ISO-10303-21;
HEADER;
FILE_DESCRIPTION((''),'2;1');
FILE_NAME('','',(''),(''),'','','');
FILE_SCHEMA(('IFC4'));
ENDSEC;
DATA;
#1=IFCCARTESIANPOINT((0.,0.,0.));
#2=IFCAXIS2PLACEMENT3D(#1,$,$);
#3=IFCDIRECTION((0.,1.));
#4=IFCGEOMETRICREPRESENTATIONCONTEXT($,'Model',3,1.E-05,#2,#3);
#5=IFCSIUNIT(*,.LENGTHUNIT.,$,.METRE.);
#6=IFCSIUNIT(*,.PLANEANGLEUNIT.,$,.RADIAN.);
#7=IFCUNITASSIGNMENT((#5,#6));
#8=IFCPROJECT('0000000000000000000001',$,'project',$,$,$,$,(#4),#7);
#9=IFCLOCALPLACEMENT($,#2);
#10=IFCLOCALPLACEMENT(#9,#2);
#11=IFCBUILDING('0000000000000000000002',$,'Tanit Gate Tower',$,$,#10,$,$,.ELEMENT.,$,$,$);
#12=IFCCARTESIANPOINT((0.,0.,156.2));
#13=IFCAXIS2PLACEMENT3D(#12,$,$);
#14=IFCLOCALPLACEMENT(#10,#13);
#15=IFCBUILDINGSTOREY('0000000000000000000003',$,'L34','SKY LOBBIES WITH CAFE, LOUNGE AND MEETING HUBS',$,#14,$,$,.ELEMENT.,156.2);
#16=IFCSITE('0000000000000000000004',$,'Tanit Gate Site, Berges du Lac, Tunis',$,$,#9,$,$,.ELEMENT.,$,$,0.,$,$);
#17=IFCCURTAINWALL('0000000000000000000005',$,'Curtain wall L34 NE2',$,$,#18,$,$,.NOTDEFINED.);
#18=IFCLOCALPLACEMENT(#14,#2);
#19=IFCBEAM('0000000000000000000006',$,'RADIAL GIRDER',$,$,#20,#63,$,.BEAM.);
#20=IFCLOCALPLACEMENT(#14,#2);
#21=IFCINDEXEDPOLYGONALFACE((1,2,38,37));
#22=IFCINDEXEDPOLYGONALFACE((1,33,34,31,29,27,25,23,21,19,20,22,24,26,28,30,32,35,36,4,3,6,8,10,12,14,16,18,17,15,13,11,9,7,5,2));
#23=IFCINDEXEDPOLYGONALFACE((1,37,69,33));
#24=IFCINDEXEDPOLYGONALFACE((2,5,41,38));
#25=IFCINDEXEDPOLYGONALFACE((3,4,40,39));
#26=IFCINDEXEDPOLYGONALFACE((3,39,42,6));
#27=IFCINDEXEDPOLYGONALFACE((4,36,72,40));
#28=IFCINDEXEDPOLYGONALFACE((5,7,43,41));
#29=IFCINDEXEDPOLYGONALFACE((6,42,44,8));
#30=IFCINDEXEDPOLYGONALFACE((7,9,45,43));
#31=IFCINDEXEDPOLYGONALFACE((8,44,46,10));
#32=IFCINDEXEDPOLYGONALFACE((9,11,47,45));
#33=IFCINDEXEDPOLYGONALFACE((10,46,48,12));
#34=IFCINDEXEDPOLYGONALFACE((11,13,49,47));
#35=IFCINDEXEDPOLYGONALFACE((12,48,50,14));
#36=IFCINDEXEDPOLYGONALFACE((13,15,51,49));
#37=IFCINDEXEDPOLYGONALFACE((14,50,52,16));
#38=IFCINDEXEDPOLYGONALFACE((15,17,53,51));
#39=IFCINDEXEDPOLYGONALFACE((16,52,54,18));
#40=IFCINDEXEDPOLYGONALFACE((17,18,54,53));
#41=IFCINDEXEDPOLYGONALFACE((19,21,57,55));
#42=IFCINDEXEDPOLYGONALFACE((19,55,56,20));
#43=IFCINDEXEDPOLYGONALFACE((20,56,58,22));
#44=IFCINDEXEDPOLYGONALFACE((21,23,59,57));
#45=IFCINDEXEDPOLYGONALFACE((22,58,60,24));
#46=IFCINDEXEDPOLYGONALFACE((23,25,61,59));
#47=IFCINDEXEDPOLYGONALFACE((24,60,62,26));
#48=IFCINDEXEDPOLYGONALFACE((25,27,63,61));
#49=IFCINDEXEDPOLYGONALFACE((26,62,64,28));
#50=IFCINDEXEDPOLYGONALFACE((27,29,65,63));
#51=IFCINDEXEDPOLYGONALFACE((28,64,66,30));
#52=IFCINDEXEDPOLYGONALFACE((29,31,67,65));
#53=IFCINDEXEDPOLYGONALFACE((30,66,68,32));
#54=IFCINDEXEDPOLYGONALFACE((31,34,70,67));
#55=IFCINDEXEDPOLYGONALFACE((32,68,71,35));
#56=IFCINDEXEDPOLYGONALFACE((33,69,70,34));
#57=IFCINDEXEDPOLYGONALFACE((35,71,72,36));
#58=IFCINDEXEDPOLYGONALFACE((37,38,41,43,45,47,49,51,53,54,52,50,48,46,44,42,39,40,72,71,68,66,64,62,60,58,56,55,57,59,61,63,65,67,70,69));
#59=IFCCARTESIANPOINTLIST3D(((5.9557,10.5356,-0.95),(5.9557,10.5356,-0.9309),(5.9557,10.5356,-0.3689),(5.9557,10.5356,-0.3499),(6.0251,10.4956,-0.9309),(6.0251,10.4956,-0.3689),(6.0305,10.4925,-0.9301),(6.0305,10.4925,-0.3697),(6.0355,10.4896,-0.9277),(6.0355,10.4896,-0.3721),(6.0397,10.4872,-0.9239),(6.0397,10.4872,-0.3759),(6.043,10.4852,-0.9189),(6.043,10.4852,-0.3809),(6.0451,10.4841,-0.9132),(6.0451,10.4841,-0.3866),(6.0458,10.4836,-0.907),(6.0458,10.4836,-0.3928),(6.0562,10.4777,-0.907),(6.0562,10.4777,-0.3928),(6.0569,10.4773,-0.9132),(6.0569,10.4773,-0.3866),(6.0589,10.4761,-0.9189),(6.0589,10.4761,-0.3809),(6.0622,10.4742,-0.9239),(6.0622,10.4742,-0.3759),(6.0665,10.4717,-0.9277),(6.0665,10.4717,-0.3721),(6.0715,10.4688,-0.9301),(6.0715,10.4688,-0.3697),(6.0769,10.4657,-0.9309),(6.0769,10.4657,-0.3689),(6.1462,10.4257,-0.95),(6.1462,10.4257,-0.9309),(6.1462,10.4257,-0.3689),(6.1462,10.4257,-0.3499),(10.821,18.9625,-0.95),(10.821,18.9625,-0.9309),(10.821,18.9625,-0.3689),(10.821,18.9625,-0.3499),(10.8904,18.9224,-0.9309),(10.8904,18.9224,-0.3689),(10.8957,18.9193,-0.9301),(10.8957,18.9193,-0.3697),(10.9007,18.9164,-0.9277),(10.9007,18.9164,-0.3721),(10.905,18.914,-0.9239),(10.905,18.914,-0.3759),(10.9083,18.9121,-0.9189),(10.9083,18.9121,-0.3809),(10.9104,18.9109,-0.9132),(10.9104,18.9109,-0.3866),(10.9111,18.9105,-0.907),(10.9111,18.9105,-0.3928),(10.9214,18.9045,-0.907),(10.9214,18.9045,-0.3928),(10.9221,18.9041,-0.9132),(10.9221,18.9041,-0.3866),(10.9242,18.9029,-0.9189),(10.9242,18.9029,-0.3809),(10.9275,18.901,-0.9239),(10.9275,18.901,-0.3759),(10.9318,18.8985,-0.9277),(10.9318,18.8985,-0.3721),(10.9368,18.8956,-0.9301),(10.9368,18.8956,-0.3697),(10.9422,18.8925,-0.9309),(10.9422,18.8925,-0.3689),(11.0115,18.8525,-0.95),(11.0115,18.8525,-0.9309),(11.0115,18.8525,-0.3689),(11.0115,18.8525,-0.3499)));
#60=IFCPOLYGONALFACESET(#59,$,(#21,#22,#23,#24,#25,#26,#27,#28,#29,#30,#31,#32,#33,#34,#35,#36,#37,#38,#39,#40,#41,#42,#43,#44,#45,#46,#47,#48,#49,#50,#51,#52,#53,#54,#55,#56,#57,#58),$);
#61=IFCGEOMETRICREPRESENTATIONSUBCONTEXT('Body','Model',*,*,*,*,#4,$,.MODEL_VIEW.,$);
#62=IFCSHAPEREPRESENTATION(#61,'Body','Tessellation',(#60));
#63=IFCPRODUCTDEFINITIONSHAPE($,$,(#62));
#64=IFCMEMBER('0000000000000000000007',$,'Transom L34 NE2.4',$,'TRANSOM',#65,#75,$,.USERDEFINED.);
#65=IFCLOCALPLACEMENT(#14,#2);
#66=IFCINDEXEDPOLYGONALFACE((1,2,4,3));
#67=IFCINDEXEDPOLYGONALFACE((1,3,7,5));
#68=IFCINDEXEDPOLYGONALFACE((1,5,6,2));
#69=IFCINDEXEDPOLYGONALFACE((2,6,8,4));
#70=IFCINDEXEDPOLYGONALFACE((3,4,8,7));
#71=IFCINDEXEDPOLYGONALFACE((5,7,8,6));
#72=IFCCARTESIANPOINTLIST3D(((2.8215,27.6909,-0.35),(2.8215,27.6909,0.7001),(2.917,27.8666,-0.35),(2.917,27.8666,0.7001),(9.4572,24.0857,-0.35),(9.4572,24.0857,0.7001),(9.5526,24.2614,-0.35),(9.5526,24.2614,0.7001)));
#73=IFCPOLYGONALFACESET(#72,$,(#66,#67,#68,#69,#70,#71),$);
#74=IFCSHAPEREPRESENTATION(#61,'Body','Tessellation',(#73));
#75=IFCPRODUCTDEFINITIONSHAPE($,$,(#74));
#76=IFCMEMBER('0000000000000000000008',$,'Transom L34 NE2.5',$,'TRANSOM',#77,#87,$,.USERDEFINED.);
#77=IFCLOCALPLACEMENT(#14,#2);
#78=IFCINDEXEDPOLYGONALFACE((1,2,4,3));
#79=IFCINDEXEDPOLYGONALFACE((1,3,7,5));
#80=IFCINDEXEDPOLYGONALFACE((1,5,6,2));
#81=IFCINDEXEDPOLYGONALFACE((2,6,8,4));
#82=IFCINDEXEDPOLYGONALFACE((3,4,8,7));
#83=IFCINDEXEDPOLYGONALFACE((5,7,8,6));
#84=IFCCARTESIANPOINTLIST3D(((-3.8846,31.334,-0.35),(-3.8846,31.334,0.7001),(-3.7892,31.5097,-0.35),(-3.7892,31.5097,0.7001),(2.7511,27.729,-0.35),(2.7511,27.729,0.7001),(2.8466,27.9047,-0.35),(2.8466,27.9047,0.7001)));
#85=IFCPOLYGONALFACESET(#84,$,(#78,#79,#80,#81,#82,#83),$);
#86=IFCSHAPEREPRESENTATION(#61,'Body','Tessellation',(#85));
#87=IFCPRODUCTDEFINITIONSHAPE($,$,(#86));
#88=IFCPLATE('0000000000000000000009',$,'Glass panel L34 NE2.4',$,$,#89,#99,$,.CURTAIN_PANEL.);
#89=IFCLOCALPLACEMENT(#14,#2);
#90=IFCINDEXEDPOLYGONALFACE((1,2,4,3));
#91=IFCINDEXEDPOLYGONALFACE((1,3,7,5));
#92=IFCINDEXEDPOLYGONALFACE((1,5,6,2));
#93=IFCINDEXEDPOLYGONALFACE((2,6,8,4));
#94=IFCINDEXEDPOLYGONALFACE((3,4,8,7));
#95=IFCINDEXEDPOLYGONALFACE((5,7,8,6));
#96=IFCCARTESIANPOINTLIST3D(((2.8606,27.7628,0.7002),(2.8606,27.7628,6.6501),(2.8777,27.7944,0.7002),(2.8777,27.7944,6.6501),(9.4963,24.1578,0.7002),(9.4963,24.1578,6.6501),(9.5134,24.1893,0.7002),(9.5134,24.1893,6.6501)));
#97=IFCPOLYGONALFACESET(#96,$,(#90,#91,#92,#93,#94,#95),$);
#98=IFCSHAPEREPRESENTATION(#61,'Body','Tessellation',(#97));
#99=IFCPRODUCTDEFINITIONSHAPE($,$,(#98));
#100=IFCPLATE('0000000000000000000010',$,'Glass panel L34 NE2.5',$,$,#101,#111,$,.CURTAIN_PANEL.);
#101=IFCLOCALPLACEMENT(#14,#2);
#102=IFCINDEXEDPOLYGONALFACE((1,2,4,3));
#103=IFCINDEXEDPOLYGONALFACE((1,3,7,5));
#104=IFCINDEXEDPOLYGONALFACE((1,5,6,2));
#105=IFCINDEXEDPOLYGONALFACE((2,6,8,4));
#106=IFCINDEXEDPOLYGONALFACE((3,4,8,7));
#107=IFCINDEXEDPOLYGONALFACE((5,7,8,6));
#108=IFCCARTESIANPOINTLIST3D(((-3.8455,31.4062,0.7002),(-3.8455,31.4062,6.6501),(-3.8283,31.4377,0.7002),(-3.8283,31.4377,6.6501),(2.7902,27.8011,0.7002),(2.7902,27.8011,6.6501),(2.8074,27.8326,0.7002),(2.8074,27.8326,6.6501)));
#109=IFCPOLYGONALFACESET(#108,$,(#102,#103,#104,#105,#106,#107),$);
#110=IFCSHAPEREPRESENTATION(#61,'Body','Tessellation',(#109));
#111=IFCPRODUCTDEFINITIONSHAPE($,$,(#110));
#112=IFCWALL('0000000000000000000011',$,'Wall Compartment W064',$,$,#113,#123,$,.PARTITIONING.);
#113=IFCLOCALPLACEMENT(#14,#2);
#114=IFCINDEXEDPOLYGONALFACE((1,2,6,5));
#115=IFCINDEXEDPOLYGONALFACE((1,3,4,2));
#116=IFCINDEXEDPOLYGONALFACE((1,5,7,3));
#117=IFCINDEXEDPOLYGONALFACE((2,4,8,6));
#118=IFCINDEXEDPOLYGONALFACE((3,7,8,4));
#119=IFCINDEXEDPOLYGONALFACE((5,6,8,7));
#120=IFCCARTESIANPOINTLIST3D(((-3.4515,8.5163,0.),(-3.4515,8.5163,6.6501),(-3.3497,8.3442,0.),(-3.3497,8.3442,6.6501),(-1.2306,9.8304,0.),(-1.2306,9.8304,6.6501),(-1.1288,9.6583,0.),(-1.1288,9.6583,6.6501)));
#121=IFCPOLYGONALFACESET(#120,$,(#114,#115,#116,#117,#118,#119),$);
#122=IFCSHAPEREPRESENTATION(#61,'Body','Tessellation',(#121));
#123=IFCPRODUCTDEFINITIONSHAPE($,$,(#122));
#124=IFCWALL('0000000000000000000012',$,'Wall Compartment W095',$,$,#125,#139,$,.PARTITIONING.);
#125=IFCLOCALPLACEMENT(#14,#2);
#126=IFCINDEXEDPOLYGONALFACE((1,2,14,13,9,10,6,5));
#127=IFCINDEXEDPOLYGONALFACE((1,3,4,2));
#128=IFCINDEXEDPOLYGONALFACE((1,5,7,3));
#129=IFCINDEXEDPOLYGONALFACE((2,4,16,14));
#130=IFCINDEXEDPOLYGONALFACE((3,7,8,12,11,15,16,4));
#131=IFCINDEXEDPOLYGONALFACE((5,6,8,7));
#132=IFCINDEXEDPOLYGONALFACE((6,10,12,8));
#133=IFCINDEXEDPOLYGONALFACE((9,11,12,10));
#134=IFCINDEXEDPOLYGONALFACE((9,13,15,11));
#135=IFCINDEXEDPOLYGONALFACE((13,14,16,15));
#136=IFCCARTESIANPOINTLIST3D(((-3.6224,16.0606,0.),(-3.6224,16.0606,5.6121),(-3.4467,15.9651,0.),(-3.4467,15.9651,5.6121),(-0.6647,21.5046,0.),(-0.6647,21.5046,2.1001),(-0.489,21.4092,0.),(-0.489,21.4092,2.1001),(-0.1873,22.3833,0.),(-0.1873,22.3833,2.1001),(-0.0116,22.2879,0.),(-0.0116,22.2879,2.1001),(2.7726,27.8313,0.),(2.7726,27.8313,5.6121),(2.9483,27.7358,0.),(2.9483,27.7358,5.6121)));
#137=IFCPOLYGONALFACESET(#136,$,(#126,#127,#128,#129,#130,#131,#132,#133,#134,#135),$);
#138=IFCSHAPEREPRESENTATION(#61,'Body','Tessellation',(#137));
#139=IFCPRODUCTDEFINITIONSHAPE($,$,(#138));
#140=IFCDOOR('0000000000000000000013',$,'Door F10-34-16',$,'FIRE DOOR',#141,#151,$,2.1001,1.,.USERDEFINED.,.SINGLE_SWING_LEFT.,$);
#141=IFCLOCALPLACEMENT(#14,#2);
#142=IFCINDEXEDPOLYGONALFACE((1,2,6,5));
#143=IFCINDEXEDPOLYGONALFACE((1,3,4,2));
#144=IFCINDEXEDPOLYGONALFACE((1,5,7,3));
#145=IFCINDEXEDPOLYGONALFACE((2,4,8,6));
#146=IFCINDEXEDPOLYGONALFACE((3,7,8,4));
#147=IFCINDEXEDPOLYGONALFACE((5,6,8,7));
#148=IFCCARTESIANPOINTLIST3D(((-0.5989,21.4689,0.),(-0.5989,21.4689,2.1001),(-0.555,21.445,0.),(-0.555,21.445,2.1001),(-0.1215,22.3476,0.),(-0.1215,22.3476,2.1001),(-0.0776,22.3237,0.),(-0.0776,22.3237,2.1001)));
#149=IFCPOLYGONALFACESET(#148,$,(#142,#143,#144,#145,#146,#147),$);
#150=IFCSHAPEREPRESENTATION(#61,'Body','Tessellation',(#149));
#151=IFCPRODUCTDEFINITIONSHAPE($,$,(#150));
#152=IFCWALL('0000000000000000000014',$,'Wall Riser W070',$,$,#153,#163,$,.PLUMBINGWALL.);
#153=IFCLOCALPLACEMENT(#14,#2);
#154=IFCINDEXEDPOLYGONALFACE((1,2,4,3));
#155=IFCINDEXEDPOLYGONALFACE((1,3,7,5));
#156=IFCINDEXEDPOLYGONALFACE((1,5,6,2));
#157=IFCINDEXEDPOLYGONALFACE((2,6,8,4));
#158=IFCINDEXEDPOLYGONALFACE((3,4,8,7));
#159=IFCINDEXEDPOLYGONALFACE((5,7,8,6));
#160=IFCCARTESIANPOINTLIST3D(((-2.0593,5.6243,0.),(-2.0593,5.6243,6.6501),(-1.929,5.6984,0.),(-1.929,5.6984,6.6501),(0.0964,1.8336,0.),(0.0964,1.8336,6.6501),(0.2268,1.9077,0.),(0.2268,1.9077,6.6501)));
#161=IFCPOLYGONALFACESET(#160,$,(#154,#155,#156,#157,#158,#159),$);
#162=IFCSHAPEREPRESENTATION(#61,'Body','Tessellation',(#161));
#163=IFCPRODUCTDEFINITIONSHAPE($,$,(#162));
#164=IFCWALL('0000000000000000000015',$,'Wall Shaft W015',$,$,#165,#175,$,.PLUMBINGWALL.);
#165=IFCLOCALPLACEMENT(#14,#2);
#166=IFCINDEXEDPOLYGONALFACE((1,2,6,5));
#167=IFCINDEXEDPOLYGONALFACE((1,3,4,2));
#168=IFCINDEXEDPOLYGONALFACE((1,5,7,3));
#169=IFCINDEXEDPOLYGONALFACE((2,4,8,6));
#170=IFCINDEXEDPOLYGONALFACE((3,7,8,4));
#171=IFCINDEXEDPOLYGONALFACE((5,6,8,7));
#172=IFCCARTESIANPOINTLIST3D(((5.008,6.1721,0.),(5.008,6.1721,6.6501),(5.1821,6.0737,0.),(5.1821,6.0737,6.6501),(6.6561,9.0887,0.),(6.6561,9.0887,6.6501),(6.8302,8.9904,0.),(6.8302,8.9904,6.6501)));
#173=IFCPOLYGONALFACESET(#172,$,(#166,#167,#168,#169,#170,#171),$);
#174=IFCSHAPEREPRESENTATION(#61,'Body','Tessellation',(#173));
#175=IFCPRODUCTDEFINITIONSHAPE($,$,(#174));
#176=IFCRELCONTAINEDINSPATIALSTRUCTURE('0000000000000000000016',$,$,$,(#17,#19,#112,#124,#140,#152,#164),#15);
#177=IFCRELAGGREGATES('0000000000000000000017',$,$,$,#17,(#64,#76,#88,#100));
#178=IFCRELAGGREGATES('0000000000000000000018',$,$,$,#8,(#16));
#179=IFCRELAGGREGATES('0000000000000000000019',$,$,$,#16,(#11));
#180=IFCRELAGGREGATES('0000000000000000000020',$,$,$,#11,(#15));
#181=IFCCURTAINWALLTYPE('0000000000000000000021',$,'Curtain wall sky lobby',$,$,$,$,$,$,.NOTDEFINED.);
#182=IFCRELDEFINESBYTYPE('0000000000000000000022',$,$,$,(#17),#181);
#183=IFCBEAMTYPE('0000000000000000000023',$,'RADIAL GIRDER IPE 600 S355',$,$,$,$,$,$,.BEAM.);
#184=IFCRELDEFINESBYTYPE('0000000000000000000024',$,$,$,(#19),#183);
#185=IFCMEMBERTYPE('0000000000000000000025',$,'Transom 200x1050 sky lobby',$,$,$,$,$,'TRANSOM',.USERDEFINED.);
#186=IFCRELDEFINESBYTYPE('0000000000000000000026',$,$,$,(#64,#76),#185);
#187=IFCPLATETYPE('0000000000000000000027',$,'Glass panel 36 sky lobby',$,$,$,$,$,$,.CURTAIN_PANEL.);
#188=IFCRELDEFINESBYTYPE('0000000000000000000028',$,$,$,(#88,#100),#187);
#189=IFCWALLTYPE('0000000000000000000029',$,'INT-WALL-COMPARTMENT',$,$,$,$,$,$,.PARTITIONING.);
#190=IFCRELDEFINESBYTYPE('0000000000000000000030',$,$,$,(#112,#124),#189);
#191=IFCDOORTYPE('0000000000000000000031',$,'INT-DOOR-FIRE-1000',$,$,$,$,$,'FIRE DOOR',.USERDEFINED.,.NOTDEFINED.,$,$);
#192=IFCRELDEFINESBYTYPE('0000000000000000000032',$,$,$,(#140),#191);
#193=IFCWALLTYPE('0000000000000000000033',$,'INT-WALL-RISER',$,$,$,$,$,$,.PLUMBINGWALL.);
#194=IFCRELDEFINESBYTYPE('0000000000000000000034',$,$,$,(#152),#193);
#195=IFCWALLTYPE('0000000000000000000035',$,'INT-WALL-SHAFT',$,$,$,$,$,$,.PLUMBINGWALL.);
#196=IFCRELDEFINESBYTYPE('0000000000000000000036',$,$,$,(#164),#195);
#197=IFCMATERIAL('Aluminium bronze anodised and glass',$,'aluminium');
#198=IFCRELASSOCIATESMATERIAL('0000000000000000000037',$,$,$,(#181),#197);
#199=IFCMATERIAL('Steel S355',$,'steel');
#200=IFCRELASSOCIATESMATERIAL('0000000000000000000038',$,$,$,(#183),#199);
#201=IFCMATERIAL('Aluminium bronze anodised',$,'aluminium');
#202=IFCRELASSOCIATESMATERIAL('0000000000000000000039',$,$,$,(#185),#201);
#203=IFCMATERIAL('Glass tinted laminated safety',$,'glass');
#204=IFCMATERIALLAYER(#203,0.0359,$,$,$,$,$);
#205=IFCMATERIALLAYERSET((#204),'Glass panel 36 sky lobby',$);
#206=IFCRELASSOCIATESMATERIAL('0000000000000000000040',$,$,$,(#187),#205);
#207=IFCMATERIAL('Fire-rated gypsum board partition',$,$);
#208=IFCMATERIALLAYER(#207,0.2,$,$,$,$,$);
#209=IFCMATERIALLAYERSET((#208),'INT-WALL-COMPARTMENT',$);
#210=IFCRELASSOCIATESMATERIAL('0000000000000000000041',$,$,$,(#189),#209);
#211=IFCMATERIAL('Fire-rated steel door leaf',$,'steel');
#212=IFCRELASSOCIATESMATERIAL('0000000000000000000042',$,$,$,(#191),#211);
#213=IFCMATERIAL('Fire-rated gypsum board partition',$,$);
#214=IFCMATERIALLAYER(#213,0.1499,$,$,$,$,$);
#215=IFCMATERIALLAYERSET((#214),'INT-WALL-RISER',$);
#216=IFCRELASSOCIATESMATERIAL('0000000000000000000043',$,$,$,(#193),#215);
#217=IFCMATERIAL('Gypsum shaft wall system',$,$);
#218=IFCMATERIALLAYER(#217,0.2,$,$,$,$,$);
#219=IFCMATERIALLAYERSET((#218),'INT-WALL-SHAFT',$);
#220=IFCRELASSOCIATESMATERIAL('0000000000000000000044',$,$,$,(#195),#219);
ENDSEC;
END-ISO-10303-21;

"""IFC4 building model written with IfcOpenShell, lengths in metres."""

from ifc_helpers import new_model, si_unit, direction, frame, frame_2d, origin, origin_2d, place, context, subcontext, project, spatial, rectangle, i_section, extrude, material, layer, layer_set, material_profile, profile_set, type_object, element, fill, aggregate, save


model = new_model("IFC4")

# Units and contexts
model_context = context("Model", 3, precision=1e-05, world=origin(), true_north=direction((0.0, 1.0)))
body_context = subcontext(model_context, "Body", "Model", "MODEL_VIEW")
ifc_project = project(units=[si_unit("LENGTHUNIT", "METRE"), si_unit("PLANEANGLEUNIT", "RADIAN")], contexts=[model_context])

# Site, building, storey
site_placement = place(None, origin())
site = spatial("IfcSite", under=ifc_project, at=site_placement, Name="Tanit Gate Site, Berges du Lac, Tunis", CompositionType="ELEMENT", RefElevation=0.0)
building_placement = place(site_placement, origin())
building = spatial("IfcBuilding", under=site, at=building_placement, Name="Tanit Gate Tower", CompositionType="ELEMENT")
storey_placement = place(building_placement, frame((0.0, 0.0, 156.2)))
storey = spatial("IfcBuildingStorey", under=building, at=storey_placement, Name="L34", Description="SKY LOBBIES WITH CAFE, LOUNGE AND MEETING HUBS", CompositionType="ELEMENT", Elevation=156.2)

# Curtain wall
ifc_material_1 = material(Name="Aluminium bronze anodised and glass", Category="aluminium")
curtain_wall_type = type_object("IfcCurtainWallType", Name="Curtain wall sky lobby", PredefinedType="NOTDEFINED", material=ifc_material_1)
curtain_wall_placement = place(storey_placement, origin())
curtain_wall = element("IfcCurtainWall", 1, at=curtain_wall_placement, inside=storey, type_object=curtain_wall_type, Name="Curtain wall L34 NE2", PredefinedType="NOTDEFINED")

# Beam
ifc_material_2 = material(Name="Steel S355", Category="steel")
ifc_material_profile_1 = material_profile(ifc_material_2, i_section(OverallWidth=0.22, OverallDepth=0.6001, WebThickness=0.012, FlangeThickness=0.019, FilletRadius=0.0239, at=origin_2d()), Name="IPE 600")
ifc_profile_set_1 = profile_set([ifc_material_profile_1], Name="Steel S355")
beam_type_1 = type_object("IfcBeamType", Name="RADIAL GIRDER IPE 600 S355", PredefinedType="BEAM", material=ifc_profile_set_1)
beam_1_placement = place(storey_placement, frame((10.9163, 18.9075, -0.6499), z_axis=(-0.500003, -0.866023, 0.0), x_axis=(0.866023, -0.500003, 0.0)))
element("IfcBeam", 2, at=beam_1_placement, inside=storey, type_object=beam_type_1, Name="RADIAL GIRDER", PredefinedType="BEAM", context=body_context, shape_type="SweptSolid", body=[
    extrude(i_section(OverallWidth=0.22, OverallDepth=0.6001, WebThickness=0.012, FlangeThickness=0.019, FilletRadius=0.0239, at=origin_2d()), origin(), (0.0, 0.0, 1.0), 9.7305),
])

# Members
ifc_material_3 = material(Name="Aluminium bronze anodised", Category="aluminium")
ifc_material_profile_2 = material_profile(ifc_material_3, rectangle(XDim=0.2, YDim=1.05, at=origin_2d()), Name="200x1050 bronze transom")
ifc_profile_set_2 = profile_set([ifc_material_profile_2], Name="Aluminium bronze anodised")
member_type_1 = type_object("IfcMemberType", Name="Transom 200x1050 sky lobby", ElementType="TRANSOM", PredefinedType="USERDEFINED", material=ifc_profile_set_2)
member_1_placement = place(storey_placement, frame((9.5049, 24.1736, 0.175), z_axis=(-0.878689, 0.477395, 0.0), x_axis=(-0.477395, -0.878689, 0.0)))
member_1 = element("IfcMember", 3, at=member_1_placement, type_object=member_type_1, Name="Transom L34 NE2.4", ObjectType="TRANSOM", PredefinedType="USERDEFINED", context=body_context, shape_type="SweptSolid", body=[
    extrude(rectangle(XDim=0.2, YDim=1.05, at=origin_2d()), origin(), (0.0, 0.0, 1.0), 7.5518),
])
member_2_placement = place(storey_placement, frame((2.7988, 27.8169, 0.175), z_axis=(-0.878702, 0.47737, 0.0), x_axis=(-0.47737, -0.878702, 0.0)))
member_2 = element("IfcMember", 4, at=member_2_placement, type_object=member_type_1, Name="Transom L34 NE2.5", ObjectType="TRANSOM", PredefinedType="USERDEFINED", context=body_context, shape_type="SweptSolid", body=[
    extrude(rectangle(XDim=0.2, YDim=1.05, at=origin_2d()), origin(), (0.0, 0.0, 1.0), 7.5518),
])

# Plates
ifc_material_4 = material(Name="Glass tinted laminated safety", Category="glass")
ifc_layer_1 = layer(ifc_material_4, 0.0359)
ifc_layer_set_1 = layer_set([ifc_layer_1], Name="Glass panel 36 sky lobby")
plate_type = type_object("IfcPlateType", Name="Glass panel 36 sky lobby", PredefinedType="CURTAIN_PANEL", material=ifc_layer_set_1)
plate_1_placement = place(storey_placement, frame((6.187, 25.9761, 0.7002), z_axis=(0.0, 0.0, 1.0), x_axis=(-0.878696, 0.477381, 0.0)))
plate_1 = element("IfcPlate", 5, at=plate_1_placement, type_object=plate_type, Name="Glass panel L34 NE2.4", PredefinedType="CURTAIN_PANEL", context=body_context, shape_type="SweptSolid", body=[
    extrude(rectangle(XDim=7.5518, YDim=0.0359, at=origin_2d()), origin(), (0.0, 0.0, 1.0), 5.95),
])
plate_2_placement = place(storey_placement, frame((-0.519, 29.6194, 0.7002), z_axis=(0.0, 0.0, 1.0), x_axis=(-0.878696, 0.477381, 0.0)))
plate_2 = element("IfcPlate", 6, at=plate_2_placement, type_object=plate_type, Name="Glass panel L34 NE2.5", PredefinedType="CURTAIN_PANEL", context=body_context, shape_type="SweptSolid", body=[
    extrude(rectangle(XDim=7.5518, YDim=0.0359, at=origin_2d()), origin(), (0.0, 0.0, 1.0), 5.95),
])
aggregate(curtain_wall, [member_1, member_2, plate_1, plate_2])

# Wall
ifc_material_5 = material(Name="Fire-rated gypsum board partition")
ifc_layer_2 = layer(ifc_material_5, 0.2)
ifc_layer_set_2 = layer_set([ifc_layer_2], Name="INT-WALL-COMPARTMENT")
wall_type_1 = type_object("IfcWallType", Name="INT-WALL-COMPARTMENT", PredefinedType="PARTITIONING", material=ifc_layer_set_2)
wall_1_placement = place(storey_placement, frame((-1.1797, 9.7444, 0.0), z_axis=(0.0, 0.0, 1.0), x_axis=(-0.860616, -0.509255, 0.0)))
element("IfcWall", 7, at=wall_1_placement, inside=storey, type_object=wall_type_1, Name="Wall Compartment W064", PredefinedType="PARTITIONING", context=body_context, shape_type="SweptSolid", body=[
    extrude(rectangle(XDim=2.5806, YDim=0.2, at=frame_2d((1.2903, 0.0))), origin(), (0.0, 0.0, 1.0), 6.6501),
])

# Wall, opening, door
wall_2_placement = place(storey_placement, frame((2.8604, 27.7834, 0.0), z_axis=(0.0, 0.0, 1.0), x_axis=(-0.477391, -0.878691, 0.0)))
wall_2 = element("IfcWall", 8, at=wall_2_placement, inside=storey, type_object=wall_type_1, Name="Wall Compartment W095", PredefinedType="PARTITIONING", context=body_context, shape_type="SweptSolid", body=[
    extrude(rectangle(XDim=13.3958, YDim=0.2, at=frame_2d((6.6978, 0.0))), origin(), (0.0, 0.0, 1.0), 5.6121),
])
opening_placement = place(wall_2_placement, frame((6.2, 0.0, 0.0)))
opening = element("IfcOpeningElement", 9, at=opening_placement, cuts=wall_2, PredefinedType="OPENING", context=body_context, shape_type="SweptSolid", body=[
    extrude(rectangle(XDim=1.0, YDim=2.1001, at=frame_2d((0.5, 1.05))), frame((0.0, 0.1099, 0.0), z_axis=(0.0, -1.0, 0.0), x_axis=(1.0, 0.0, 0.0)), (0.0, 0.0, 1.0), 0.22),
])
ifc_material_6 = material(Name="Fire-rated steel door leaf", Category="steel")
door_type = type_object("IfcDoorType", Name="INT-DOOR-FIRE-1000", ElementType="FIRE DOOR", OperationType="NOTDEFINED", PredefinedType="USERDEFINED", material=ifc_material_6)
door_placement = place(opening_placement, origin())
door = element("IfcDoor", 10, at=door_placement, inside=storey, type_object=door_type, Name="Door F10-34-16", ObjectType="FIRE DOOR", OperationType="SINGLE_SWING_LEFT", OverallHeight=2.1001, OverallWidth=1.0, PredefinedType="USERDEFINED", context=body_context, shape_type="SweptSolid", body=[
    extrude(rectangle(XDim=1.0, YDim=2.1001, at=frame_2d((0.5, 1.05))), frame((0.0, 0.0249, 0.0), z_axis=(0.0, -1.0, 0.0), x_axis=(1.0, 0.0, 0.0)), (0.0, 0.0, 1.0), 0.05),
])
fill(opening, door)

# Walls
ifc_material_7 = material(Name="Fire-rated gypsum board partition")
ifc_layer_3 = layer(ifc_material_7, 0.1499)
ifc_layer_set_3 = layer_set([ifc_layer_3], Name="INT-WALL-RISER")
wall_type_2 = type_object("IfcWallType", Name="INT-WALL-RISER", PredefinedType="PLUMBINGWALL", material=ifc_layer_set_3)
wall_3_placement = place(storey_placement, frame((-1.9941, 5.6614, 0.0), z_axis=(0.0, 0.0, 1.0), x_axis=(0.494341, -0.869268, 0.0)))
element("IfcWall", 11, at=wall_3_placement, inside=storey, type_object=wall_type_2, Name="Wall Riser W070", PredefinedType="PLUMBINGWALL", context=body_context, shape_type="SweptSolid", body=[
    extrude(rectangle(XDim=4.3608, YDim=0.1499, at=frame_2d((2.1804, 0.0))), origin(), (0.0, 0.0, 1.0), 6.6501),
])
ifc_material_8 = material(Name="Gypsum shaft wall system")
ifc_layer_4 = layer(ifc_material_8, 0.2)
ifc_layer_set_4 = layer_set([ifc_layer_4], Name="INT-WALL-SHAFT")
wall_type_3 = type_object("IfcWallType", Name="INT-WALL-SHAFT", PredefinedType="PLUMBINGWALL", material=ifc_layer_set_4)
wall_4_placement = place(storey_placement, frame((6.7432, 9.0396, 0.0), z_axis=(0.0, 0.0, 1.0), x_axis=(-0.491966, -0.870614, 0.0)))
element("IfcWall", 12, at=wall_4_placement, inside=storey, type_object=wall_type_3, Name="Wall Shaft W015", PredefinedType="PLUMBINGWALL", context=body_context, shape_type="SweptSolid", body=[
    extrude(rectangle(XDim=3.3501, YDim=0.2, at=frame_2d((1.675, 0.0))), origin(), (0.0, 0.0, 1.0), 6.6501),
])

save(model, "model.ifc")
